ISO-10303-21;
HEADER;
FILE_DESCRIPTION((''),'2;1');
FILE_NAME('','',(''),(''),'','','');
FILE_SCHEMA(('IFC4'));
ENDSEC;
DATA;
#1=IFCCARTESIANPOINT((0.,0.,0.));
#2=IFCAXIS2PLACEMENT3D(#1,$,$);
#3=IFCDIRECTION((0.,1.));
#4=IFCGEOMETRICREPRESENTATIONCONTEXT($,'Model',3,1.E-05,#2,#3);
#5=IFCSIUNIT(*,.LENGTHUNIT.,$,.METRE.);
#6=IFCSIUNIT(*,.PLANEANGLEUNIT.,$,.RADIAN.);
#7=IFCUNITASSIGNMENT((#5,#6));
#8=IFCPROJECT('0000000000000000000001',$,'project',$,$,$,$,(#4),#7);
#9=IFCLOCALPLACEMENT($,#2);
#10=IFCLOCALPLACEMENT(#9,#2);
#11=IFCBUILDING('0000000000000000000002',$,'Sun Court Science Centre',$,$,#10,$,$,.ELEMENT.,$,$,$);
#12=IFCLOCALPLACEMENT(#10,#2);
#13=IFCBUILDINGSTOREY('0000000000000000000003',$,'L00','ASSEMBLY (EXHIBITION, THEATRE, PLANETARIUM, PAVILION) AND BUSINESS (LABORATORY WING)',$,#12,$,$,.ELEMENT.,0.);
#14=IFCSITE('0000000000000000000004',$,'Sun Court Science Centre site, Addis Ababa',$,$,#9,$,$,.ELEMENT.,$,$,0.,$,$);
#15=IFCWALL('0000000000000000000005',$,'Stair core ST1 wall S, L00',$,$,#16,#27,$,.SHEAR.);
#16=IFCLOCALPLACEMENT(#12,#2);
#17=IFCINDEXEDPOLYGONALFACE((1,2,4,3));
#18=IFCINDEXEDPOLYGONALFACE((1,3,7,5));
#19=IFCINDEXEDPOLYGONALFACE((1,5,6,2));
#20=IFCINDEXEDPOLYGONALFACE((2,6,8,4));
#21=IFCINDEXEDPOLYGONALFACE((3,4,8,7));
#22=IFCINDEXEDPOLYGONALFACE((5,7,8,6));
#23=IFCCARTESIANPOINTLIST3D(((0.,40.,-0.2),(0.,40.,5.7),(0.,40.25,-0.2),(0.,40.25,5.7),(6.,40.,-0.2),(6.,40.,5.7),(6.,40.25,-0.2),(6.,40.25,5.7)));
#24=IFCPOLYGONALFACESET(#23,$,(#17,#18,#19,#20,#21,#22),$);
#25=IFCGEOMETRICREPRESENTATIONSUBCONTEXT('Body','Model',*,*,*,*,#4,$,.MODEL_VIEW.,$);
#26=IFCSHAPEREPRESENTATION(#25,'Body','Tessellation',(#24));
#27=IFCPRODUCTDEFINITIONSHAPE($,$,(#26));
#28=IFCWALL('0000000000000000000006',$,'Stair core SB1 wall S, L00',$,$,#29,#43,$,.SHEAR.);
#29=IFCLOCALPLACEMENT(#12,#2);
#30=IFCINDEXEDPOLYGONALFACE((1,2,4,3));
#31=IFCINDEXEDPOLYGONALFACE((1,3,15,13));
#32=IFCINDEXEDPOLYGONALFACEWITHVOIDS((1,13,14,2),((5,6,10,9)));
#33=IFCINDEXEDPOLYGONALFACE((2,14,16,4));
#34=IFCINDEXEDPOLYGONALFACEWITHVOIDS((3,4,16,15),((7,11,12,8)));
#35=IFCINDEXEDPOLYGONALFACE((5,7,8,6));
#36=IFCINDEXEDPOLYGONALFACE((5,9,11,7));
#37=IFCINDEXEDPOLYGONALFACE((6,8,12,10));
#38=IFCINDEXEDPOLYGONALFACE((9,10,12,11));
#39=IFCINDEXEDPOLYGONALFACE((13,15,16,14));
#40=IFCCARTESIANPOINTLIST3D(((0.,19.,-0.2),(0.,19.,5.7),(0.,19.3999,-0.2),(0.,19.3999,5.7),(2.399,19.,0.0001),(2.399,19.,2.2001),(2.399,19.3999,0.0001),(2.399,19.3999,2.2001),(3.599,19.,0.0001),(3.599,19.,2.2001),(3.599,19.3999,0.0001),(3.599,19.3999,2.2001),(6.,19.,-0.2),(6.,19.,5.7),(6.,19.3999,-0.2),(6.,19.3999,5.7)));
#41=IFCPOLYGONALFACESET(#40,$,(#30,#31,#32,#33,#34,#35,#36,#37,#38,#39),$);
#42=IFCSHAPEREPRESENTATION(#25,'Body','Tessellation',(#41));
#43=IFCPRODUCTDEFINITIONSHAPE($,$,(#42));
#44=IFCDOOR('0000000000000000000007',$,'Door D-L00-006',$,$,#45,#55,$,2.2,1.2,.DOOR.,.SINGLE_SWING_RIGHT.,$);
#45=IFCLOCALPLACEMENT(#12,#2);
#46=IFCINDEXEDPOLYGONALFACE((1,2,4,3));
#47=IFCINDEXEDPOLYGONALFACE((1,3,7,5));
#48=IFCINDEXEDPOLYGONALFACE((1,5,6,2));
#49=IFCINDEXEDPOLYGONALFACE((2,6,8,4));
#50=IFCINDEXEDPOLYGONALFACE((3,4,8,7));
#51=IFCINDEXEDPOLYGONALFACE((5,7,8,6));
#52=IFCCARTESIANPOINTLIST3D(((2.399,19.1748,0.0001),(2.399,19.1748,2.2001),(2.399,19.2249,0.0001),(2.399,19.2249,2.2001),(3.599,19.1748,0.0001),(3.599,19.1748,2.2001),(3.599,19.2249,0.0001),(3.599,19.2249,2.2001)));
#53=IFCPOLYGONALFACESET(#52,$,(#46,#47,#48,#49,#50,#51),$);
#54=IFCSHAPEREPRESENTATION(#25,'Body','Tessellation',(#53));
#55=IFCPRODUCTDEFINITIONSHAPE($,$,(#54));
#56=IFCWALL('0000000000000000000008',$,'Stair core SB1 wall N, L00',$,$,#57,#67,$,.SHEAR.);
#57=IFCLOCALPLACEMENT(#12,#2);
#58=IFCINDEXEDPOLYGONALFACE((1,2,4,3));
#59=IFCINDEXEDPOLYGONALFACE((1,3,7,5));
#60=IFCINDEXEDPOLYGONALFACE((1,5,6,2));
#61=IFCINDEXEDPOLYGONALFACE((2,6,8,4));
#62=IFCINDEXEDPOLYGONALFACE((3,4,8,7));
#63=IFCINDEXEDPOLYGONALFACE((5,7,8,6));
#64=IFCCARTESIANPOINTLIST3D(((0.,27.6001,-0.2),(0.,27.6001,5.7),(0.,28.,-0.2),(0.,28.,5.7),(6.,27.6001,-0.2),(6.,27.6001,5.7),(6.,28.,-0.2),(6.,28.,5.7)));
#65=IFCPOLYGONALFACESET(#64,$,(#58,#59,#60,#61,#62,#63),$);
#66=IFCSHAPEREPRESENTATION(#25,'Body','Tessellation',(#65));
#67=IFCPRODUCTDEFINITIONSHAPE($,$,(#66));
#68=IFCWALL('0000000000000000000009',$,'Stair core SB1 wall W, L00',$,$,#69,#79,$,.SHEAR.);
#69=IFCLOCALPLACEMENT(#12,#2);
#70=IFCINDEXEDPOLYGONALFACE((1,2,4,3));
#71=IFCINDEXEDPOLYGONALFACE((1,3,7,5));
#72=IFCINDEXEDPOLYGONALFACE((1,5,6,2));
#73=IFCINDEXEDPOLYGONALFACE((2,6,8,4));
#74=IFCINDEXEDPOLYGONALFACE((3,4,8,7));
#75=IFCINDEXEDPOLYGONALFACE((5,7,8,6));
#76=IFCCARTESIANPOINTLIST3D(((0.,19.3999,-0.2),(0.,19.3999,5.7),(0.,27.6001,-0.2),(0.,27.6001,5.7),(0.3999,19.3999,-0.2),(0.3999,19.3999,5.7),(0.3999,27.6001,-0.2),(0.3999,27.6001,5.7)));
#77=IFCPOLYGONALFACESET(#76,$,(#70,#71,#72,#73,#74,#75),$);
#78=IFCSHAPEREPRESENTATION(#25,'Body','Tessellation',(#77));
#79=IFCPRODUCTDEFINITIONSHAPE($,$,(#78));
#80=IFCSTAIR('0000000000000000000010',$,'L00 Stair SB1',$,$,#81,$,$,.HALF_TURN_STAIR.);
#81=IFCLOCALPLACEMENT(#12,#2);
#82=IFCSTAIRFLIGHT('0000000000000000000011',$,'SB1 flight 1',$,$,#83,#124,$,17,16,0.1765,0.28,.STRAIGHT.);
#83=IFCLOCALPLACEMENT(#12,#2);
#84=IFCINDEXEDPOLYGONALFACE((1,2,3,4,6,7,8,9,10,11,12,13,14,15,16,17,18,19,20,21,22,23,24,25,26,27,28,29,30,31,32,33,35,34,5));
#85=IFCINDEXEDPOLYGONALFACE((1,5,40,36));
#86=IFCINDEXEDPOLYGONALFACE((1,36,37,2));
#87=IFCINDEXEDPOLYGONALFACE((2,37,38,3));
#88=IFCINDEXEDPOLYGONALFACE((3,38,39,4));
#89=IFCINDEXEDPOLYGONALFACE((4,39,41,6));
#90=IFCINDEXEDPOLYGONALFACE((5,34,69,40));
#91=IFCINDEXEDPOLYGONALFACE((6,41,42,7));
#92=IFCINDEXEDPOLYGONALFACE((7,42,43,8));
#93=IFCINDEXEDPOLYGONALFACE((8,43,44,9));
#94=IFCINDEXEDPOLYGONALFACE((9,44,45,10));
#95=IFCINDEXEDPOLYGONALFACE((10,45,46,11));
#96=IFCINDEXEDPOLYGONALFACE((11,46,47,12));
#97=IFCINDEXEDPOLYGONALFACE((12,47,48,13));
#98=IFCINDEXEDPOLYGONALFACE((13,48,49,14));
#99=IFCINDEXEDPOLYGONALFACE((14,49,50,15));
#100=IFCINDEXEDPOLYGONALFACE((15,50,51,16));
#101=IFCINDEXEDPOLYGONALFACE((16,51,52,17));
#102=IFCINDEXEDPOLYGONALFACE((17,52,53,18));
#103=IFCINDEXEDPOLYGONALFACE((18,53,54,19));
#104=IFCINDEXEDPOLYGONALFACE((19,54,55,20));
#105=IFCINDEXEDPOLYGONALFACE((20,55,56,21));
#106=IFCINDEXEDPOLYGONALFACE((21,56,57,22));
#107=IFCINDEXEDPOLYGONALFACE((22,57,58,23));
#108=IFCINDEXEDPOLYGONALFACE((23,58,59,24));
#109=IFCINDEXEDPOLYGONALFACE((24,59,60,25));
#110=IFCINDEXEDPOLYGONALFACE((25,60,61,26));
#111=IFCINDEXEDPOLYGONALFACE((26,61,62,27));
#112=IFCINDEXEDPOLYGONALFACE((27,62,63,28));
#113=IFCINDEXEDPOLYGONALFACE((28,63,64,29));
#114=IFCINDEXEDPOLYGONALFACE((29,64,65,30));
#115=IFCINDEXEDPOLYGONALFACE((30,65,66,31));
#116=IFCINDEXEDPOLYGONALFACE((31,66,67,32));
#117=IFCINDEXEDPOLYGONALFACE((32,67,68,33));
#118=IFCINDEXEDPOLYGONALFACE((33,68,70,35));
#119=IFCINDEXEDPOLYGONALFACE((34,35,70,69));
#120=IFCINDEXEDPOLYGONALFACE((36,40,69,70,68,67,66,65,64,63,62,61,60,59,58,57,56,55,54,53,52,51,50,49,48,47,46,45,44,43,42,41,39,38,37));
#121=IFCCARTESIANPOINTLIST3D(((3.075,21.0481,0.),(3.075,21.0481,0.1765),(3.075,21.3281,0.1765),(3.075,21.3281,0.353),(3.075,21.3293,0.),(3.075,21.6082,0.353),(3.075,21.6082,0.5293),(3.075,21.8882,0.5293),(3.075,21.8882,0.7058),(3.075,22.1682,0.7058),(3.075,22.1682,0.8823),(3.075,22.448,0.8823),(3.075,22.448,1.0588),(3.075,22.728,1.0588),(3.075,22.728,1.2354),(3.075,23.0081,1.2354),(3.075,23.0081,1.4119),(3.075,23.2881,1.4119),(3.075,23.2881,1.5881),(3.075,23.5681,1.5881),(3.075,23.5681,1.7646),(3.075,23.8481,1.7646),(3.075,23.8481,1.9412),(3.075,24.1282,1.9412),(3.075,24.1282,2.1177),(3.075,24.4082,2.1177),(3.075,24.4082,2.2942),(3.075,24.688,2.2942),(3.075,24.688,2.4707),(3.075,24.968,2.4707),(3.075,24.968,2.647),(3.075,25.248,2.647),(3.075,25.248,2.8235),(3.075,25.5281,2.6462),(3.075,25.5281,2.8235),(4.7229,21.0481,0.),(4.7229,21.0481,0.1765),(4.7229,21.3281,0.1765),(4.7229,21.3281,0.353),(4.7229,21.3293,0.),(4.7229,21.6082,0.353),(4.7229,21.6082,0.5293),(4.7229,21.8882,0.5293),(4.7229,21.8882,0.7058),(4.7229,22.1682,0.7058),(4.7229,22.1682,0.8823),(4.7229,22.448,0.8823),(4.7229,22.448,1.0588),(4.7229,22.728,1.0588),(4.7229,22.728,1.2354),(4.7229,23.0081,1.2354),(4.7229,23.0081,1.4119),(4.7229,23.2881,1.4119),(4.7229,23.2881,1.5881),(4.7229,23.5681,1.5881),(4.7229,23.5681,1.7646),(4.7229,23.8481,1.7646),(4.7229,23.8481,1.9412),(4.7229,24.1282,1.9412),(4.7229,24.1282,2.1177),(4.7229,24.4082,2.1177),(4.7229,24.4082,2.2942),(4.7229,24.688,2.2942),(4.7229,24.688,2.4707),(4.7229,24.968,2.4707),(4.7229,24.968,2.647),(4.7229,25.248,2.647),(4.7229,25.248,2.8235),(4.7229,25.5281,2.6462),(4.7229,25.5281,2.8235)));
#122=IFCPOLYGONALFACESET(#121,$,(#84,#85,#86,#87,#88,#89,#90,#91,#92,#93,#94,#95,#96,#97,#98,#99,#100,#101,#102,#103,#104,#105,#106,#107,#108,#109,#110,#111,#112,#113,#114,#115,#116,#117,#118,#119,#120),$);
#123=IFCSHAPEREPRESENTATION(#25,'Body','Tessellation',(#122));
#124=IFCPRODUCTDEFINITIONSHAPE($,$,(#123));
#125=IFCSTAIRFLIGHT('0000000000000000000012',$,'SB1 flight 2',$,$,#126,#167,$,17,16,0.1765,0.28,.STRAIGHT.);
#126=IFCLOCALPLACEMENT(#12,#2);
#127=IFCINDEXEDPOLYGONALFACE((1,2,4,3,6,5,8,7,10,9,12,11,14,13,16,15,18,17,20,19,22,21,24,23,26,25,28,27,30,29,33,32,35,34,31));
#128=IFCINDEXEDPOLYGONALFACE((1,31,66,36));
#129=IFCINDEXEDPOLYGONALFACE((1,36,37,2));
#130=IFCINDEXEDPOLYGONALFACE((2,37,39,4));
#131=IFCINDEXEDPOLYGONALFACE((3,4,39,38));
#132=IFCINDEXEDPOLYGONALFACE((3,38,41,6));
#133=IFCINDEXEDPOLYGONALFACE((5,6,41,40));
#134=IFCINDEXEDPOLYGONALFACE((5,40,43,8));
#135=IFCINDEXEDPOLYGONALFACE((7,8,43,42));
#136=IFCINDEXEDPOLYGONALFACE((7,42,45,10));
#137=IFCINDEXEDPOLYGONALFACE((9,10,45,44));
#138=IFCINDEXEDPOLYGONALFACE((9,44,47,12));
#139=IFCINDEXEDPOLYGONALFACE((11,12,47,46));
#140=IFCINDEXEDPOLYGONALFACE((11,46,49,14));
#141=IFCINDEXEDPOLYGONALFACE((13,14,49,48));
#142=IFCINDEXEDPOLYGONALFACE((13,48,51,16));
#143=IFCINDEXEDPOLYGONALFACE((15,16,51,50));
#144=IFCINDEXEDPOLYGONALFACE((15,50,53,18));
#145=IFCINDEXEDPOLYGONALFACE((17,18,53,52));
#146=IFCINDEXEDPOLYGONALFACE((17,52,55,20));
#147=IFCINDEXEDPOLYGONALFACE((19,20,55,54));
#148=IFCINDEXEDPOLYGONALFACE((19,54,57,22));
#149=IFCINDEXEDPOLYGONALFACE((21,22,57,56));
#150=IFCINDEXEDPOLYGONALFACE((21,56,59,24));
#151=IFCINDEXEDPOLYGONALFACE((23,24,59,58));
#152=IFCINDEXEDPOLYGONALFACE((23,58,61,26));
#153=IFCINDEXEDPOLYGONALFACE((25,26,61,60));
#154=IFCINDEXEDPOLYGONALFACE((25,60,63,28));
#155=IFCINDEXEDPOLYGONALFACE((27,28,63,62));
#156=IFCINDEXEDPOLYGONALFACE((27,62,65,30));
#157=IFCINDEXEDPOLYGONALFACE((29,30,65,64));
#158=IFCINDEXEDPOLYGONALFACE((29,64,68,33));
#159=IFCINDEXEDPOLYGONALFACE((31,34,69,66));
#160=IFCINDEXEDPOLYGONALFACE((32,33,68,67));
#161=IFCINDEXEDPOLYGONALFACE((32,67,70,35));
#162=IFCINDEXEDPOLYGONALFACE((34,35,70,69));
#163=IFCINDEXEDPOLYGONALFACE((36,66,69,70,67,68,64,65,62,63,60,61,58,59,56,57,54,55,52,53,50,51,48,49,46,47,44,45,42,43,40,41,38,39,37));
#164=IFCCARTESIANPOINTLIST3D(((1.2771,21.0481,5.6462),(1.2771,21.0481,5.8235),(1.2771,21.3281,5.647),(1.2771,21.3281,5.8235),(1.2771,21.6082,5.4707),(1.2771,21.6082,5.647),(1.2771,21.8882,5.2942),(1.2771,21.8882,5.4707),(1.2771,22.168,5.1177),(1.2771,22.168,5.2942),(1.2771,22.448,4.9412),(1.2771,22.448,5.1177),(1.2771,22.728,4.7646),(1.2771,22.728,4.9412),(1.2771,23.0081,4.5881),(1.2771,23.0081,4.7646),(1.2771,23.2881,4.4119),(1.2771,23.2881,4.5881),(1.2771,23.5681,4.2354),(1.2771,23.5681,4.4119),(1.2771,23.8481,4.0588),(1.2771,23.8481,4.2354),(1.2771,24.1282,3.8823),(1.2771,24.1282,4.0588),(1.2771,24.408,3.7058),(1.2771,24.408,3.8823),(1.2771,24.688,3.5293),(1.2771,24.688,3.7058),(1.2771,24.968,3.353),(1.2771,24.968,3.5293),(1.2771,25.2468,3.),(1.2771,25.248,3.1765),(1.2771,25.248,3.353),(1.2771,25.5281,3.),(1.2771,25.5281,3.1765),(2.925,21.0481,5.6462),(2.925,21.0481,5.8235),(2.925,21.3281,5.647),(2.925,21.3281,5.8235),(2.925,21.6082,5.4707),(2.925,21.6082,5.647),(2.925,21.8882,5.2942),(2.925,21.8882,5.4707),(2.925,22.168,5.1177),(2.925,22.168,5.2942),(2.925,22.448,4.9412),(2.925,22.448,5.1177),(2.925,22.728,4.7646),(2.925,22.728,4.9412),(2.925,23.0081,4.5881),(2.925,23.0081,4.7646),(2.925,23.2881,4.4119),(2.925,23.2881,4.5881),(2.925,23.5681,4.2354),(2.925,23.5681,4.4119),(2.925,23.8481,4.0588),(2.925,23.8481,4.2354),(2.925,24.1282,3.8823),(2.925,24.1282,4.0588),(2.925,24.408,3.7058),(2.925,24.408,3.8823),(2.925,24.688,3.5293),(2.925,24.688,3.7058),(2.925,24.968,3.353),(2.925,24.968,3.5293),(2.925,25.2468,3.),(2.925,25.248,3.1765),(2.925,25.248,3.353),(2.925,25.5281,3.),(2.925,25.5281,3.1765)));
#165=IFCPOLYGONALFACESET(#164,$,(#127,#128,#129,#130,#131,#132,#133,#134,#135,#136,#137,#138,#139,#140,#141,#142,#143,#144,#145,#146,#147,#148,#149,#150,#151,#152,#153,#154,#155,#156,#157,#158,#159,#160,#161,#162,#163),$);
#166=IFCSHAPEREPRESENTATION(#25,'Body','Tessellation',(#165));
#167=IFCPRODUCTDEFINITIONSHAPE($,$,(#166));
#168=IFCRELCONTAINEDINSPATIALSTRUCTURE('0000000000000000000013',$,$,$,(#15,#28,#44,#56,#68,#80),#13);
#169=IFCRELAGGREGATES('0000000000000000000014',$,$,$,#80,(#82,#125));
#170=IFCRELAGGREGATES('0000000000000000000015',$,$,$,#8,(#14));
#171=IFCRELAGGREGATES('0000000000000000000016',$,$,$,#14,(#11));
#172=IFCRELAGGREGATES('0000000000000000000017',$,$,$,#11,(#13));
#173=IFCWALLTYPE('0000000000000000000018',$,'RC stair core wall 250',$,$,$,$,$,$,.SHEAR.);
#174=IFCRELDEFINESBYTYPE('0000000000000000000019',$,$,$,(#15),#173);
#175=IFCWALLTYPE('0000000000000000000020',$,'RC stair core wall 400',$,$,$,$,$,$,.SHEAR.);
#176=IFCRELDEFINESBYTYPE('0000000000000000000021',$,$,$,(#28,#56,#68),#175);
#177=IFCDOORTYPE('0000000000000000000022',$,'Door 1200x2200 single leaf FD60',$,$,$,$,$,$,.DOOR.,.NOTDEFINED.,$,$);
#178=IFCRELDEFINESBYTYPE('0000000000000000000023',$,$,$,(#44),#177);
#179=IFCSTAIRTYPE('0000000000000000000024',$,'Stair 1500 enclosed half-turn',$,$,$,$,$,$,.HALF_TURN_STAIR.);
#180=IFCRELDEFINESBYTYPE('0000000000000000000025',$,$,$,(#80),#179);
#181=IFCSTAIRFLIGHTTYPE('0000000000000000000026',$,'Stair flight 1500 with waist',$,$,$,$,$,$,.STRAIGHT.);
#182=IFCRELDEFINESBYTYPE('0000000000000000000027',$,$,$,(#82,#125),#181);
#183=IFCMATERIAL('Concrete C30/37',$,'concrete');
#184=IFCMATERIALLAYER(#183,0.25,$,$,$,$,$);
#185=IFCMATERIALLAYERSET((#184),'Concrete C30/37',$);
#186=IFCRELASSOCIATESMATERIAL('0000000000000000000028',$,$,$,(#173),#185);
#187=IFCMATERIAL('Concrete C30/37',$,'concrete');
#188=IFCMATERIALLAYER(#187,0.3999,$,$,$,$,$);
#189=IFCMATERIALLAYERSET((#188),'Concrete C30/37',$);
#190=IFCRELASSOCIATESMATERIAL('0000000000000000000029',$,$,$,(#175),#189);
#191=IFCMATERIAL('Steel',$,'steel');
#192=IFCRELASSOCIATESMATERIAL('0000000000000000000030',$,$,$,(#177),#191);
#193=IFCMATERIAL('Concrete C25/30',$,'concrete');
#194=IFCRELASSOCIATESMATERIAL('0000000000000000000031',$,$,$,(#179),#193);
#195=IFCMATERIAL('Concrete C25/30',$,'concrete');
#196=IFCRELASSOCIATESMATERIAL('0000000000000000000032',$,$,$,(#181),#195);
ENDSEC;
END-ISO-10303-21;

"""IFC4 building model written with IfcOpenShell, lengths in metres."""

from ifc_helpers import new_model, si_unit, direction, frame, frame_2d, origin, place, context, subcontext, project, spatial, polyline, rectangle, outline, extrude, material, layer, layer_set, type_object, element, fill, aggregate, save


model = new_model("IFC4")

# Units and contexts
model_context = context("Model", 3, precision=1e-05, world=origin(), true_north=direction((0.0, 1.0)))
body_context = subcontext(model_context, "Body", "Model", "MODEL_VIEW")
ifc_project = project(units=[si_unit("LENGTHUNIT", "METRE"), si_unit("PLANEANGLEUNIT", "RADIAN")], contexts=[model_context])

# Site, building, storey
site_placement = place(None, origin())
site = spatial("IfcSite", under=ifc_project, at=site_placement, Name="Sun Court Science Centre site, Addis Ababa", CompositionType="ELEMENT", RefElevation=0.0)
building_placement = place(site_placement, origin())
building = spatial("IfcBuilding", under=site, at=building_placement, Name="Sun Court Science Centre", CompositionType="ELEMENT")
storey_placement = place(building_placement, origin())
storey = spatial("IfcBuildingStorey", under=building, at=storey_placement, Name="L00", Description="ASSEMBLY (EXHIBITION, THEATRE, PLANETARIUM, PAVILION) AND BUSINESS (LABORATORY WING)", CompositionType="ELEMENT", Elevation=0.0)

# Wall
ifc_material_1 = material(Name="Concrete C30/37", Category="concrete")
ifc_layer_1 = layer(ifc_material_1, 0.25)
ifc_layer_set_1 = layer_set([ifc_layer_1], Name="Concrete C30/37")
wall_type_1 = type_object("IfcWallType", Name="RC stair core wall 250", PredefinedType="SHEAR", material=ifc_layer_set_1)
wall_1_placement = place(storey_placement, frame((0.0, 40.125, -0.2), z_axis=(0.0, 0.0, 1.0), x_axis=(1.0, 0.0, 0.0)))
element("IfcWall", 1, at=wall_1_placement, inside=storey, type_object=wall_type_1, Name="Stair core ST1 wall S, L00", PredefinedType="SHEAR", context=body_context, shape_type="SweptSolid", body=[
    extrude(rectangle(XDim=6.0, YDim=0.25, at=frame_2d((3.0, 0.0))), origin(), (0.0, 0.0, 1.0), 5.8999),
])

# Wall, opening, door
ifc_material_2 = material(Name="Concrete C30/37", Category="concrete")
ifc_layer_2 = layer(ifc_material_2, 0.3999)
ifc_layer_set_2 = layer_set([ifc_layer_2], Name="Concrete C30/37")
wall_type_2 = type_object("IfcWallType", Name="RC stair core wall 400", PredefinedType="SHEAR", material=ifc_layer_set_2)
wall_2_placement = place(storey_placement, frame((0.0, 19.2, -0.2), z_axis=(0.0, 0.0, 1.0), x_axis=(1.0, 0.0, 0.0)))
wall_2 = element("IfcWall", 2, at=wall_2_placement, inside=storey, type_object=wall_type_2, Name="Stair core SB1 wall S, L00", PredefinedType="SHEAR", context=body_context, shape_type="SweptSolid", body=[
    extrude(rectangle(XDim=6.0, YDim=0.3999, at=frame_2d((3.0, 0.0))), origin(), (0.0, 0.0, 1.0), 5.8999),
])
opening_placement = place(wall_2_placement, frame((2.3989, 0.0, 0.2)))
opening = element("IfcOpeningElement", 3, at=opening_placement, cuts=wall_2, PredefinedType="OPENING", context=body_context, shape_type="SweptSolid", body=[
    extrude(rectangle(XDim=1.2, YDim=2.2, at=frame_2d((0.6001, 1.1001))), frame((0.0, 0.21, 0.0), z_axis=(0.0, -1.0, 0.0), x_axis=(1.0, 0.0, 0.0)), (0.0, 0.0, 1.0), 0.4199),
])
ifc_material_3 = material(Name="Steel", Category="steel")
door_type = type_object("IfcDoorType", Name="Door 1200x2200 single leaf FD60", OperationType="NOTDEFINED", PredefinedType="DOOR", material=ifc_material_3)
door_placement = place(opening_placement, origin())
door = element("IfcDoor", 4, at=door_placement, inside=storey, type_object=door_type, Name="Door D-L00-006", OperationType="SINGLE_SWING_RIGHT", OverallHeight=2.2, OverallWidth=1.2, PredefinedType="DOOR", context=body_context, shape_type="SweptSolid", body=[
    extrude(rectangle(XDim=1.2, YDim=2.2, at=frame_2d((0.6001, 1.1001))), frame((0.0, 0.0249, 0.0), z_axis=(0.0, -1.0, 0.0), x_axis=(1.0, 0.0, 0.0)), (0.0, 0.0, 1.0), 0.05),
])
fill(opening, door)

# Walls
wall_3_placement = place(storey_placement, frame((0.0, 27.8, -0.2), z_axis=(0.0, 0.0, 1.0), x_axis=(1.0, 0.0, 0.0)))
element("IfcWall", 5, at=wall_3_placement, inside=storey, type_object=wall_type_2, Name="Stair core SB1 wall N, L00", PredefinedType="SHEAR", context=body_context, shape_type="SweptSolid", body=[
    extrude(rectangle(XDim=6.0, YDim=0.3999, at=frame_2d((3.0, 0.0))), origin(), (0.0, 0.0, 1.0), 5.8999),
])
wall_4_placement = place(storey_placement, frame((0.2, 19.3999, -0.2), z_axis=(0.0, 0.0, 1.0), x_axis=(0.0, 1.0, 0.0)))
element("IfcWall", 6, at=wall_4_placement, inside=storey, type_object=wall_type_2, Name="Stair core SB1 wall W, L00", PredefinedType="SHEAR", context=body_context, shape_type="SweptSolid", body=[
    extrude(rectangle(XDim=8.2002, YDim=0.3999, at=frame_2d((4.1001, 0.0))), origin(), (0.0, 0.0, 1.0), 5.8999),
])

# Stair, stair flights
ifc_material_4 = material(Name="Concrete C25/30", Category="concrete")
stair_type = type_object("IfcStairType", Name="Stair 1500 enclosed half-turn", PredefinedType="HALF_TURN_STAIR", material=ifc_material_4)
stair_placement = place(storey_placement, origin())
stair = element("IfcStair", 7, at=stair_placement, inside=storey, type_object=stair_type, Name="L00 Stair SB1", PredefinedType="HALF_TURN_STAIR")
ifc_material_5 = material(Name="Concrete C25/30", Category="concrete")
stair_flight_type = type_object("IfcStairFlightType", Name="Stair flight 1500 with waist", PredefinedType="STRAIGHT", material=ifc_material_5)
stair_flight_1_placement = place(storey_placement, frame((3.8989, 21.0481, 0.0), z_axis=(0.0, 0.0, 1.0), x_axis=(0.0, 1.0, 0.0)))
stair_flight_1 = element("IfcStairFlight", 8, at=stair_flight_1_placement, type_object=stair_flight_type, Name="SB1 flight 1", NumberOfRisers=17, NumberOfTreads=16, PredefinedType="STRAIGHT", RiserHeight=0.1765, TreadLength=0.28, context=body_context, shape_type="SweptSolid", body=[
    extrude(outline(polyline([(0.0, 0.0), (0.0, 0.1765), (0.28, 0.1765), (0.28, 0.353), (0.5601, 0.353), (0.5601, 0.5293), (0.8401, 0.5293), (0.8401, 0.7058), (1.1201, 0.7058), (1.1201, 0.8823), (1.3999, 0.8823), (1.3999, 1.0588), (1.6799, 1.0588), (1.6799, 1.2354), (1.96, 1.2354), (1.96, 1.4119), (2.24, 1.4119), (2.24, 1.5881), (2.52, 1.5881), (2.52, 1.7646), (2.8, 1.7646), (2.8, 1.9412), (3.0801, 1.9412), (3.0801, 2.1177), (3.3601, 2.1177), (3.3601, 2.2942), (3.6399, 2.2942), (3.6399, 2.4707), (3.9199, 2.4707), (3.9199, 2.647), (4.2, 2.647), (4.2, 2.8235), (4.48, 2.8235), (4.48, 3.0), (4.48, 2.6462), (0.2812, 0.0), (0.0, 0.0)])), frame((0.0, 0.824, 0.0), z_axis=(0.0, -1.0, 0.0), x_axis=(1.0, 0.0, 0.0)), (0.0, 0.0, 1.0), 1.6479),
])
stair_flight_2_placement = place(storey_placement, frame((2.1011, 25.5281, 3.0), z_axis=(0.0, 0.0, 1.0), x_axis=(0.0, -1.0, 0.0)))
stair_flight_2 = element("IfcStairFlight", 9, at=stair_flight_2_placement, type_object=stair_flight_type, Name="SB1 flight 2", NumberOfRisers=17, NumberOfTreads=16, PredefinedType="STRAIGHT", RiserHeight=0.1765, TreadLength=0.28, context=body_context, shape_type="SweptSolid", body=[
    extrude(outline(polyline([(0.0, 0.0), (0.0, 0.1765), (0.28, 0.1765), (0.28, 0.353), (0.5601, 0.353), (0.5601, 0.5293), (0.8401, 0.5293), (0.8401, 0.7058), (1.1201, 0.7058), (1.1201, 0.8823), (1.3999, 0.8823), (1.3999, 1.0588), (1.6799, 1.0588), (1.6799, 1.2354), (1.96, 1.2354), (1.96, 1.4119), (2.24, 1.4119), (2.24, 1.5881), (2.52, 1.5881), (2.52, 1.7646), (2.8, 1.7646), (2.8, 1.9412), (3.0801, 1.9412), (3.0801, 2.1177), (3.3601, 2.1177), (3.3601, 2.2942), (3.6399, 2.2942), (3.6399, 2.4707), (3.9199, 2.4707), (3.9199, 2.647), (4.2, 2.647), (4.2, 2.8235), (4.48, 2.8235), (4.48, 3.0), (4.48, 2.6462), (0.2812, 0.0), (0.0, 0.0)])), frame((0.0, 0.824, 0.0), z_axis=(0.0, -1.0, 0.0), x_axis=(1.0, 0.0, 0.0)), (0.0, 0.0, 1.0), 1.6479),
])
aggregate(stair, [stair_flight_1, stair_flight_2])

save(model, "model.ifc")
